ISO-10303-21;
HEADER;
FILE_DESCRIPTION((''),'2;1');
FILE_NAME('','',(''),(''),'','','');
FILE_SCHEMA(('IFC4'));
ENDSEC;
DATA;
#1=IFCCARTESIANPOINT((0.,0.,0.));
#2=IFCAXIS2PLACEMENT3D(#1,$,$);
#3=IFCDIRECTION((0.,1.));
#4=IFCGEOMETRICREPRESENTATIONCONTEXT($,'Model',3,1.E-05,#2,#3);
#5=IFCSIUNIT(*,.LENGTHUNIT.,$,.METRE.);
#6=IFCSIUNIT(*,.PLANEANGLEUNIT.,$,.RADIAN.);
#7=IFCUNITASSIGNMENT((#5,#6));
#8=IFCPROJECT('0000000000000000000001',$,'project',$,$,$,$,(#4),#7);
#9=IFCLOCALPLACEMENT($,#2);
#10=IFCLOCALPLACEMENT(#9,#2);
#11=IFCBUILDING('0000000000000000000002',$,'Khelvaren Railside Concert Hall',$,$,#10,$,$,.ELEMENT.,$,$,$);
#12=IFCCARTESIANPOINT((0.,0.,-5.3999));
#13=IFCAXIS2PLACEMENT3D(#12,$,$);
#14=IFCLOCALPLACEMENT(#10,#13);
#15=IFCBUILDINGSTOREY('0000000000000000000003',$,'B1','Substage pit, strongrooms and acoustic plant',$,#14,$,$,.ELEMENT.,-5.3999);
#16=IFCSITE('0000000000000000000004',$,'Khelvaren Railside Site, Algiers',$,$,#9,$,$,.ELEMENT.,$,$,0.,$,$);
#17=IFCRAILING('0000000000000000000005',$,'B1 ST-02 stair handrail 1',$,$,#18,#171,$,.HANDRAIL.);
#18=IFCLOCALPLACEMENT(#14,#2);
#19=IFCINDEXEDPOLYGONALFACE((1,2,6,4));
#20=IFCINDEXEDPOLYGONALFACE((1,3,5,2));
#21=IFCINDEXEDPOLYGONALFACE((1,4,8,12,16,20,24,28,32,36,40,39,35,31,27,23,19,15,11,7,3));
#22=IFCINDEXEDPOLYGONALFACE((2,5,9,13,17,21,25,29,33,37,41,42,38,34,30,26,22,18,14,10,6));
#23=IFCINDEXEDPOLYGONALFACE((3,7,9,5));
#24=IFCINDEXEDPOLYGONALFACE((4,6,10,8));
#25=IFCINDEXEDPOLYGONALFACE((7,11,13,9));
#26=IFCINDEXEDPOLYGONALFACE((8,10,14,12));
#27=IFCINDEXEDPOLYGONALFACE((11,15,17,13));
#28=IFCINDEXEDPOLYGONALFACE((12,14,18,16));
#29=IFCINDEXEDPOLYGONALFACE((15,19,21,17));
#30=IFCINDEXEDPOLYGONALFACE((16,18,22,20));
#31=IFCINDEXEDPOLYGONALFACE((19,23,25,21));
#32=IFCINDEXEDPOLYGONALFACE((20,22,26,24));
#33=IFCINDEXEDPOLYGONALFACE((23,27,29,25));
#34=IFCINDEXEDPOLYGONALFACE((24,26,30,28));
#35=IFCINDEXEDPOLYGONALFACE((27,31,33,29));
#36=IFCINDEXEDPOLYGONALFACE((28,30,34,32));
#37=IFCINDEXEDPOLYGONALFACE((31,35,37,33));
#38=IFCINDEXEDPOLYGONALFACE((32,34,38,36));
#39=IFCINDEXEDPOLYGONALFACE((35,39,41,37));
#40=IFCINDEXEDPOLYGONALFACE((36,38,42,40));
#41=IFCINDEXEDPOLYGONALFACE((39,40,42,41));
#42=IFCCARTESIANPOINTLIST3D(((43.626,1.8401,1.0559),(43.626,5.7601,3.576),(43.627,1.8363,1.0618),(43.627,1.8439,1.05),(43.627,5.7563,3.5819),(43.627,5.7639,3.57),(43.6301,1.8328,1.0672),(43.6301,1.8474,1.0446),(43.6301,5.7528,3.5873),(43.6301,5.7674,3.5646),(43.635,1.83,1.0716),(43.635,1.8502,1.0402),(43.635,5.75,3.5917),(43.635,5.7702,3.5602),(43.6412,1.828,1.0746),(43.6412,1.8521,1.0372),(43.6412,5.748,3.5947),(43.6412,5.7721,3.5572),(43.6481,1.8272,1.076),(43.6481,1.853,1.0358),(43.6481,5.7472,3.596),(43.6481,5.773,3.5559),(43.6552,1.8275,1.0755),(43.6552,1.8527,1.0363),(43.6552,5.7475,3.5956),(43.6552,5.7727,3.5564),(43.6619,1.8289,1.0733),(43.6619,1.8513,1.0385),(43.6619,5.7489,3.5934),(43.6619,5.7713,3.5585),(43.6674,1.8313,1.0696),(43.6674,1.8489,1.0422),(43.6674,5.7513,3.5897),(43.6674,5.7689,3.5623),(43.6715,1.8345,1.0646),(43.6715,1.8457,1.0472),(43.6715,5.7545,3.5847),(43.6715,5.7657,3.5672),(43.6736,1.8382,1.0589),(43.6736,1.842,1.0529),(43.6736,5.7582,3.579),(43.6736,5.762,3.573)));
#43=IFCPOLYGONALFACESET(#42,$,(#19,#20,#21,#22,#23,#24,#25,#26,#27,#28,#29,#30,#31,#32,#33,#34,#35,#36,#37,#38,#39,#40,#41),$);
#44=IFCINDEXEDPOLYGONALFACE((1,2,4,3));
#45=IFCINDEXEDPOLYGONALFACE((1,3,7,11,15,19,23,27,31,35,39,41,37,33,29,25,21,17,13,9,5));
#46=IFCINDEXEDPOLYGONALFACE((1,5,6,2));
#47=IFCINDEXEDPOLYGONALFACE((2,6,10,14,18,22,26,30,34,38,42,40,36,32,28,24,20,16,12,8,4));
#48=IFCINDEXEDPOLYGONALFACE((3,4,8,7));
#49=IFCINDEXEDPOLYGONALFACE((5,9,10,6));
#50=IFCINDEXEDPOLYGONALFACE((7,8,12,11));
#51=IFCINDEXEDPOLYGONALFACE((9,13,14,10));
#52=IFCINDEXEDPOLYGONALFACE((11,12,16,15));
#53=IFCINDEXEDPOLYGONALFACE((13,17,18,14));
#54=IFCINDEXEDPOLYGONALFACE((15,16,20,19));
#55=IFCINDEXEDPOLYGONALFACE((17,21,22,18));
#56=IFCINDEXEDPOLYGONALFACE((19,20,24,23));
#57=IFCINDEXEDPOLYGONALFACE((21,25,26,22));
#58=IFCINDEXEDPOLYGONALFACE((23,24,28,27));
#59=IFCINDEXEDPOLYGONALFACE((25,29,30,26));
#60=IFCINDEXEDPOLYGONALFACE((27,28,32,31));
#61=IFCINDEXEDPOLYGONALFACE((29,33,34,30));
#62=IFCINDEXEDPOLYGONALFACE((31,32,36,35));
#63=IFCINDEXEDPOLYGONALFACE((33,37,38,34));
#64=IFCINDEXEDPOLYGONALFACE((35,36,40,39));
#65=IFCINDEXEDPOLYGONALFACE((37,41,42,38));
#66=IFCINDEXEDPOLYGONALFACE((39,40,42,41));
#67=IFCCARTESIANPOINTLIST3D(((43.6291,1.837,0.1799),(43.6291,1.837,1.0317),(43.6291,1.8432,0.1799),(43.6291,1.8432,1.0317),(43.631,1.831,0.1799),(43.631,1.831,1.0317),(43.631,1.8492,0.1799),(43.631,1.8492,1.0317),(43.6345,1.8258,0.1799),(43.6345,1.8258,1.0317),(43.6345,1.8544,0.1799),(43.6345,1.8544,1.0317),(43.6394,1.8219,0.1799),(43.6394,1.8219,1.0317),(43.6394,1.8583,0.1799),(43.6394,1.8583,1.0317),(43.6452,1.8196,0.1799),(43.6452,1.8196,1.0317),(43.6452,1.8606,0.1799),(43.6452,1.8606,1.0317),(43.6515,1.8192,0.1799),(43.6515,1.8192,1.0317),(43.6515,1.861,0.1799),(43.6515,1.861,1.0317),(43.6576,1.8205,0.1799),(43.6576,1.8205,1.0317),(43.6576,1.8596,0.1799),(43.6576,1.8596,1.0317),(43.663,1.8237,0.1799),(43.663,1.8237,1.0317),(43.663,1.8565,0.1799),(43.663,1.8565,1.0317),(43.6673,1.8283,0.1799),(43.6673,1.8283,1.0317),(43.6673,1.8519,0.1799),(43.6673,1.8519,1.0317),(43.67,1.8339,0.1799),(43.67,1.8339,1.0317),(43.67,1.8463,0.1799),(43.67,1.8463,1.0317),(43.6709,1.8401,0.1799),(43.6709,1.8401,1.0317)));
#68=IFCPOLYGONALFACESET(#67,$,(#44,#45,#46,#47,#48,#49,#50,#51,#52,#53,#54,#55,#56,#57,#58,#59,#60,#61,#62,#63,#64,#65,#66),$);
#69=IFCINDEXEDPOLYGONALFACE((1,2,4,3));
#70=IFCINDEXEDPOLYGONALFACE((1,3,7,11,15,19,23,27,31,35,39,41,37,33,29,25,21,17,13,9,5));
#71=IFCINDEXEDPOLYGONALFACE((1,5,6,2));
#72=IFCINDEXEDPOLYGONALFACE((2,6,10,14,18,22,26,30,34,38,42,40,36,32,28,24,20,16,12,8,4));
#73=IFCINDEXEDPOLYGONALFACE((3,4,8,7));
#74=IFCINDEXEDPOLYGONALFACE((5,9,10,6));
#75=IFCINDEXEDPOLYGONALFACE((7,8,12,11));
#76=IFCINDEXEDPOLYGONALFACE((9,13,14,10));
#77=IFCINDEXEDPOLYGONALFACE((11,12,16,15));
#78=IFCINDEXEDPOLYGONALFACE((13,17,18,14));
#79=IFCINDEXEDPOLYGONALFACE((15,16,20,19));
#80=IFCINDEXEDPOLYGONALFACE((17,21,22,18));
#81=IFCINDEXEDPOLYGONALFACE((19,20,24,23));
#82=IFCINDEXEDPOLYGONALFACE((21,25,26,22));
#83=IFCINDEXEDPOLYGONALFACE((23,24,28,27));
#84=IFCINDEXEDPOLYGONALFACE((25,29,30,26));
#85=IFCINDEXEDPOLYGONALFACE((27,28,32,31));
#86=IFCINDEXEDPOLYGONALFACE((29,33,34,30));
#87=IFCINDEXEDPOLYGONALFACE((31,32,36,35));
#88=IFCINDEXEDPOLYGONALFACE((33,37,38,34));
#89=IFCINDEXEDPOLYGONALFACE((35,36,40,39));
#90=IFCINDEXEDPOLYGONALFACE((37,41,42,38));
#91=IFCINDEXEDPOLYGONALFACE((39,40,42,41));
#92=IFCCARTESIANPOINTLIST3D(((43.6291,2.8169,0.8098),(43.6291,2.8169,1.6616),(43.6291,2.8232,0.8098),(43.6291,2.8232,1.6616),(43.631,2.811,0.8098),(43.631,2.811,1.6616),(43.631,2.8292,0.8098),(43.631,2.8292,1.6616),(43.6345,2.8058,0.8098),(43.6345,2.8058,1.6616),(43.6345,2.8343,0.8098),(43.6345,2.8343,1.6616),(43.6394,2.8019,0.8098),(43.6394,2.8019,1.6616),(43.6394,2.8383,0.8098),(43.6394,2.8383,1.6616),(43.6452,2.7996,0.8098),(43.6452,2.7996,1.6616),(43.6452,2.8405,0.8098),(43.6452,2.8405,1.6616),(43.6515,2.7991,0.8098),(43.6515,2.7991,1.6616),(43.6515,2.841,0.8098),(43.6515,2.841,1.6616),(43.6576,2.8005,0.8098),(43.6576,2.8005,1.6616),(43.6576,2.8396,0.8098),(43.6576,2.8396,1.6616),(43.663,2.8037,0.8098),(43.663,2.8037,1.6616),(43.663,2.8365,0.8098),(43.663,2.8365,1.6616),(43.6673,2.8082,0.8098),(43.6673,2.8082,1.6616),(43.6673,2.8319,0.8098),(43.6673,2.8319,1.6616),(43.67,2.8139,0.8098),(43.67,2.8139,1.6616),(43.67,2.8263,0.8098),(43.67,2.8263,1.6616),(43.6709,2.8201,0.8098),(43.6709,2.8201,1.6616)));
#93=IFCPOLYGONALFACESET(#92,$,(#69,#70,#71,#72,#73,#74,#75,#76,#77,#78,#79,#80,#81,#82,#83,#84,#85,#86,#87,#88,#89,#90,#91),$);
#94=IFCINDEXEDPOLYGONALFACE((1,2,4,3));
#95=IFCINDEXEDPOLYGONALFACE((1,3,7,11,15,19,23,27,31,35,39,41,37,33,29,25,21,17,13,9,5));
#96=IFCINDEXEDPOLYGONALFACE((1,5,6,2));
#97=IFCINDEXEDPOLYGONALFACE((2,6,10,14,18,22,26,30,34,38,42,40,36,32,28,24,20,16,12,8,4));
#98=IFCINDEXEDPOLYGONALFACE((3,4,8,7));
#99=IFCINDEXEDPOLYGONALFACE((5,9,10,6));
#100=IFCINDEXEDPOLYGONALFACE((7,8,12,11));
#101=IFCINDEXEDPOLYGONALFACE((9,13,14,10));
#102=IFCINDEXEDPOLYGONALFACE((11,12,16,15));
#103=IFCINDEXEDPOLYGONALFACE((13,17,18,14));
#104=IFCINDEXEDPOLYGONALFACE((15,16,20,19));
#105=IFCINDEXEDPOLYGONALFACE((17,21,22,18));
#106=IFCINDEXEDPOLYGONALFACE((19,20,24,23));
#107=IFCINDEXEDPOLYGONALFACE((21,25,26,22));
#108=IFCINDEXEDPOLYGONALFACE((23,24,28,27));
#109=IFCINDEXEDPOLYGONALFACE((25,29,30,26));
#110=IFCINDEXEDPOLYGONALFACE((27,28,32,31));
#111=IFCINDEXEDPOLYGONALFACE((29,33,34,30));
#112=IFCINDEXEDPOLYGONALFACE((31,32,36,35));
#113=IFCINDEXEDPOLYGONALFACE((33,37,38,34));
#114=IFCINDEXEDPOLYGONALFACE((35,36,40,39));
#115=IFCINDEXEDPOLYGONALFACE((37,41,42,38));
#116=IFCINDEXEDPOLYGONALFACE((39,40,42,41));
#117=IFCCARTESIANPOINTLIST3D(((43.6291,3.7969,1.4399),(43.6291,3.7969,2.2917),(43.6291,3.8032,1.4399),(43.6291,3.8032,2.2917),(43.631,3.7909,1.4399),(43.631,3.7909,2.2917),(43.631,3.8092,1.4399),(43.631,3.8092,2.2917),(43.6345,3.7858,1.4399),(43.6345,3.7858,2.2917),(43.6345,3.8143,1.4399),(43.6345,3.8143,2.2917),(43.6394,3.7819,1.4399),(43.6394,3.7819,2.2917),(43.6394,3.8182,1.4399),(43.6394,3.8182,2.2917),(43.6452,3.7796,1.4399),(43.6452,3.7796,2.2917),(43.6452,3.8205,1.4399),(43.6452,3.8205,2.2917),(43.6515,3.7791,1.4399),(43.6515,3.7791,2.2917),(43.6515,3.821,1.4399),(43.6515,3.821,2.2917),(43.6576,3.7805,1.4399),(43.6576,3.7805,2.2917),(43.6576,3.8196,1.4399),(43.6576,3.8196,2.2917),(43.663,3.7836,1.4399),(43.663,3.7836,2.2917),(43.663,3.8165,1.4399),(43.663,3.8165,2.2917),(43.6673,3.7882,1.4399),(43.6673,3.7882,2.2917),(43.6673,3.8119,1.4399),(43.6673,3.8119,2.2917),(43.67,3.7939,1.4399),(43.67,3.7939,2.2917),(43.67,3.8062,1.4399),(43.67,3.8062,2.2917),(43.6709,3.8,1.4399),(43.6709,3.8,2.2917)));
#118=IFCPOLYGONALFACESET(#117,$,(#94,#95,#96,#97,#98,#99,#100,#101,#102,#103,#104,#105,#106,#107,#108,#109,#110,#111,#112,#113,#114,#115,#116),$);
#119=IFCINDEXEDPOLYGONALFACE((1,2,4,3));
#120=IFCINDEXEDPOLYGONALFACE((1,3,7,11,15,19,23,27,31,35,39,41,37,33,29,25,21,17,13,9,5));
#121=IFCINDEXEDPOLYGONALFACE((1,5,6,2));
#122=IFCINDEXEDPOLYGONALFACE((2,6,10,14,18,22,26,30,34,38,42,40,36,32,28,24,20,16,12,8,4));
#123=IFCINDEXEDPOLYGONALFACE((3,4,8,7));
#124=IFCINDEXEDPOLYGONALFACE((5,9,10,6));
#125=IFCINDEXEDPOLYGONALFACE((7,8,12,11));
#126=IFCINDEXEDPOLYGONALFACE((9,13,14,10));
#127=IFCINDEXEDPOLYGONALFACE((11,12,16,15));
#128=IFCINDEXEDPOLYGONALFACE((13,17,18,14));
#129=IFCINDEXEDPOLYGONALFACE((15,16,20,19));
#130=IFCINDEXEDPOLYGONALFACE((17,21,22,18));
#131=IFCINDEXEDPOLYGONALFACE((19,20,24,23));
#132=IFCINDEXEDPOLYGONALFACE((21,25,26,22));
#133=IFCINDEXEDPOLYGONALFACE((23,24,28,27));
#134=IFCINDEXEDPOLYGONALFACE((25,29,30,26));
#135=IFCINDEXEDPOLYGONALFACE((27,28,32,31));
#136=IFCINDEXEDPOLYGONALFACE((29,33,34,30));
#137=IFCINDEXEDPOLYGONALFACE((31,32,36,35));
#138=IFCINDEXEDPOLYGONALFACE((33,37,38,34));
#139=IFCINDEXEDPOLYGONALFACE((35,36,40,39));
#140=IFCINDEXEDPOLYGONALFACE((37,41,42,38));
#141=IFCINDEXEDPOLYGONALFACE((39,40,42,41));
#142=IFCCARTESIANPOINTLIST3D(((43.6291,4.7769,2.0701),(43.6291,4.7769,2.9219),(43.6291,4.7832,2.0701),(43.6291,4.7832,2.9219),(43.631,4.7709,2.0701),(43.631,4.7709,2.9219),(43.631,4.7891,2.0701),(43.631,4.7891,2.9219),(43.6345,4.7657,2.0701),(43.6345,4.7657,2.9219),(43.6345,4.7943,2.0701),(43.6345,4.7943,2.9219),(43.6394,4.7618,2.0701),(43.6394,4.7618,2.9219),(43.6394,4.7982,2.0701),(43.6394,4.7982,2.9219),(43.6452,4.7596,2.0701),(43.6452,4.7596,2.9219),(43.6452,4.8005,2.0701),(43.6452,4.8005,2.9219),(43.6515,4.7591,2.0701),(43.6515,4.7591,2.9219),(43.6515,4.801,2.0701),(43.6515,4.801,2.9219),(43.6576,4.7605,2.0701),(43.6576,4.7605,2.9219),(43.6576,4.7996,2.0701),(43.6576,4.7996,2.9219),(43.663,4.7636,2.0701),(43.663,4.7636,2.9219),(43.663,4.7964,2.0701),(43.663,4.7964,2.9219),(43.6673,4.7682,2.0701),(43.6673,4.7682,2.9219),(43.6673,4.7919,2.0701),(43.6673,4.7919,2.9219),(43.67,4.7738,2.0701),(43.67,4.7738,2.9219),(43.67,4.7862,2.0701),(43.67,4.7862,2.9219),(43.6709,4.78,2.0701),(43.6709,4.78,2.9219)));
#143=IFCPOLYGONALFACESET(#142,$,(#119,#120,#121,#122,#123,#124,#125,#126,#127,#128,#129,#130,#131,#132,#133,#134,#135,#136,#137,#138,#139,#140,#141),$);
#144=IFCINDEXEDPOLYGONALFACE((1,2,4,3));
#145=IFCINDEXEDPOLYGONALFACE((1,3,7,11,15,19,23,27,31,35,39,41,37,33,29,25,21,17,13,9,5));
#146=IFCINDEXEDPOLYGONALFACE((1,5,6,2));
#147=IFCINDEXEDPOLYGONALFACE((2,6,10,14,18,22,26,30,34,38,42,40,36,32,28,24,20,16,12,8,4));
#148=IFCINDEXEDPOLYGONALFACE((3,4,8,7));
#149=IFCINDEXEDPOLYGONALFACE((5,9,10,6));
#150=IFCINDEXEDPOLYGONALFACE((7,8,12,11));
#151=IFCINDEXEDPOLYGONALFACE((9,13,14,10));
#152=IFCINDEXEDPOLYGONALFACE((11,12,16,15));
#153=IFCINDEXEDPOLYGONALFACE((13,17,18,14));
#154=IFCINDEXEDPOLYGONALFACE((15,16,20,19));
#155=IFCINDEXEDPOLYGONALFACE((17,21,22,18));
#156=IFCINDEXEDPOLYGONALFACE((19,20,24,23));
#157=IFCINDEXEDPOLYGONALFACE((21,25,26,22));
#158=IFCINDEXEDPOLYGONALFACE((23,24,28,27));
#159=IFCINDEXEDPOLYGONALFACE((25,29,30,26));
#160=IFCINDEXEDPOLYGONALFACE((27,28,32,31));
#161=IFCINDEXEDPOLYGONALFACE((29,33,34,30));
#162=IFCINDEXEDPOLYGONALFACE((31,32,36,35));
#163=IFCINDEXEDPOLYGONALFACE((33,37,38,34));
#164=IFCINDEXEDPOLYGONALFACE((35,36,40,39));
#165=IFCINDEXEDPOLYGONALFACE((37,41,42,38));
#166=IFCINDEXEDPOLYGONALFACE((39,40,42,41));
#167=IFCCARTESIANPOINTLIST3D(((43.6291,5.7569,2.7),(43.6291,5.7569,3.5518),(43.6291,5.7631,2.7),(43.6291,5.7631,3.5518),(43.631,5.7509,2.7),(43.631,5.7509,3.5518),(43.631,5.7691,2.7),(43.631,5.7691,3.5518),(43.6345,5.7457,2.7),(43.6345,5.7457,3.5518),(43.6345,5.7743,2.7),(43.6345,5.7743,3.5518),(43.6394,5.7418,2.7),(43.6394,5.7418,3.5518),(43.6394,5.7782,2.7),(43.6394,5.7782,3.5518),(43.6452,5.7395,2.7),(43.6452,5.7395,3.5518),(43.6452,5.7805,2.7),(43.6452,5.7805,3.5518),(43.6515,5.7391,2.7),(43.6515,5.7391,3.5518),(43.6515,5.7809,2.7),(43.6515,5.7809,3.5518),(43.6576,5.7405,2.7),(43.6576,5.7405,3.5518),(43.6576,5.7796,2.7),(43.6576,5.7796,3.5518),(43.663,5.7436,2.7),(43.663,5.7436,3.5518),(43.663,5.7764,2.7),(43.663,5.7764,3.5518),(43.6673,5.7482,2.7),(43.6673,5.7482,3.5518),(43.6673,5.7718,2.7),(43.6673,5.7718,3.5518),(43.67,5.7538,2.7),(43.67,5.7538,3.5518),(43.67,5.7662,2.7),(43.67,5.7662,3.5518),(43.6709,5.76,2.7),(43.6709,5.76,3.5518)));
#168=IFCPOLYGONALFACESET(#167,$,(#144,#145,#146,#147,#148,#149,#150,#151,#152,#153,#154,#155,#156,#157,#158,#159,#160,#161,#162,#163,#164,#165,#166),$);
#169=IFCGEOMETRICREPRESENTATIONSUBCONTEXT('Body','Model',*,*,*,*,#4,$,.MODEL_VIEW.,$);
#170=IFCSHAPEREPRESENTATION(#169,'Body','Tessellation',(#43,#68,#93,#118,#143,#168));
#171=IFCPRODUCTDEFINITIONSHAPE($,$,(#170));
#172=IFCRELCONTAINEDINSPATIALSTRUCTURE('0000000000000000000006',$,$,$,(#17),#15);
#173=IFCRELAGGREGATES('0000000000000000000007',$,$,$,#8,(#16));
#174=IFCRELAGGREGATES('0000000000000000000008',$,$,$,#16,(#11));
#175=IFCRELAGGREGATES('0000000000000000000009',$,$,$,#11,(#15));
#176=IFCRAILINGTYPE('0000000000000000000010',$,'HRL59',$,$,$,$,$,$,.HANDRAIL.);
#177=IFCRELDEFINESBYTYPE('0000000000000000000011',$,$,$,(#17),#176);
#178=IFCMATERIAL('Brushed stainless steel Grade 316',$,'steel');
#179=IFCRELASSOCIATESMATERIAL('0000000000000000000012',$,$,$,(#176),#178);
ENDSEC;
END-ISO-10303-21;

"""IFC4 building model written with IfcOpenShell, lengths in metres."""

from ifc_helpers import new_model, si_unit, direction, frame, origin, origin_2d, place, context, subcontext, project, spatial, circle, extrude, material, type_object, element, save


model = new_model("IFC4")

# Units and contexts
model_context = context("Model", 3, precision=1e-05, world=origin(), true_north=direction((0.0, 1.0)))
body_context = subcontext(model_context, "Body", "Model", "MODEL_VIEW")
ifc_project = project(units=[si_unit("LENGTHUNIT", "METRE"), si_unit("PLANEANGLEUNIT", "RADIAN")], contexts=[model_context])

# Site, building, storey
site_placement = place(None, origin())
site = spatial("IfcSite", under=ifc_project, at=site_placement, Name="Khelvaren Railside Site, Algiers", CompositionType="ELEMENT", RefElevation=0.0)
building_placement = place(site_placement, origin())
building = spatial("IfcBuilding", under=site, at=building_placement, Name="Khelvaren Railside Concert Hall", CompositionType="ELEMENT")
storey_placement = place(building_placement, frame((0.0, 0.0, -5.3999)))
storey = spatial("IfcBuildingStorey", under=building, at=storey_placement, Name="B1", Description="Substage pit, strongrooms and acoustic plant", CompositionType="ELEMENT", Elevation=-5.3999)

# Railing
ifc_material_1 = material(Name="Brushed stainless steel Grade 316", Category="steel")
railing_type_1 = type_object("IfcRailingType", Name="HRL59", PredefinedType="HANDRAIL", material=ifc_material_1)
railing_1_placement = place(storey_placement, frame((43.6499, 1.8401, 0.1799)))
element("IfcRailing", 1, at=railing_1_placement, inside=storey, type_object=railing_type_1, Name="B1 ST-02 stair handrail 1", PredefinedType="HANDRAIL", context=body_context, shape_type="SweptSolid", body=[
    extrude(circle(Radius=0.0239, at=origin_2d()), frame((0.0, 0.0, 0.876), z_axis=(0.0, 0.841172, 0.540768), x_axis=(-1.0, 0.0, 0.0)), (0.0, 0.0, 1.0), 4.6602),
    extrude(circle(Radius=0.021, at=origin_2d()), origin(), (0.0, 0.0, 1.0), 0.8518),
    extrude(circle(Radius=0.021, at=origin_2d()), frame((0.0, 0.98, 0.6299)), (0.0, 0.0, 1.0), 0.8518),
    extrude(circle(Radius=0.021, at=origin_2d()), frame((0.0, 1.96, 1.26)), (0.0, 0.0, 1.0), 0.8518),
    extrude(circle(Radius=0.021, at=origin_2d()), frame((0.0, 2.9399, 1.8901)), (0.0, 0.0, 1.0), 0.8518),
    extrude(circle(Radius=0.021, at=origin_2d()), frame((0.0, 3.9199, 2.52)), (0.0, 0.0, 1.0), 0.8518),
])

save(model, "model.ifc")
